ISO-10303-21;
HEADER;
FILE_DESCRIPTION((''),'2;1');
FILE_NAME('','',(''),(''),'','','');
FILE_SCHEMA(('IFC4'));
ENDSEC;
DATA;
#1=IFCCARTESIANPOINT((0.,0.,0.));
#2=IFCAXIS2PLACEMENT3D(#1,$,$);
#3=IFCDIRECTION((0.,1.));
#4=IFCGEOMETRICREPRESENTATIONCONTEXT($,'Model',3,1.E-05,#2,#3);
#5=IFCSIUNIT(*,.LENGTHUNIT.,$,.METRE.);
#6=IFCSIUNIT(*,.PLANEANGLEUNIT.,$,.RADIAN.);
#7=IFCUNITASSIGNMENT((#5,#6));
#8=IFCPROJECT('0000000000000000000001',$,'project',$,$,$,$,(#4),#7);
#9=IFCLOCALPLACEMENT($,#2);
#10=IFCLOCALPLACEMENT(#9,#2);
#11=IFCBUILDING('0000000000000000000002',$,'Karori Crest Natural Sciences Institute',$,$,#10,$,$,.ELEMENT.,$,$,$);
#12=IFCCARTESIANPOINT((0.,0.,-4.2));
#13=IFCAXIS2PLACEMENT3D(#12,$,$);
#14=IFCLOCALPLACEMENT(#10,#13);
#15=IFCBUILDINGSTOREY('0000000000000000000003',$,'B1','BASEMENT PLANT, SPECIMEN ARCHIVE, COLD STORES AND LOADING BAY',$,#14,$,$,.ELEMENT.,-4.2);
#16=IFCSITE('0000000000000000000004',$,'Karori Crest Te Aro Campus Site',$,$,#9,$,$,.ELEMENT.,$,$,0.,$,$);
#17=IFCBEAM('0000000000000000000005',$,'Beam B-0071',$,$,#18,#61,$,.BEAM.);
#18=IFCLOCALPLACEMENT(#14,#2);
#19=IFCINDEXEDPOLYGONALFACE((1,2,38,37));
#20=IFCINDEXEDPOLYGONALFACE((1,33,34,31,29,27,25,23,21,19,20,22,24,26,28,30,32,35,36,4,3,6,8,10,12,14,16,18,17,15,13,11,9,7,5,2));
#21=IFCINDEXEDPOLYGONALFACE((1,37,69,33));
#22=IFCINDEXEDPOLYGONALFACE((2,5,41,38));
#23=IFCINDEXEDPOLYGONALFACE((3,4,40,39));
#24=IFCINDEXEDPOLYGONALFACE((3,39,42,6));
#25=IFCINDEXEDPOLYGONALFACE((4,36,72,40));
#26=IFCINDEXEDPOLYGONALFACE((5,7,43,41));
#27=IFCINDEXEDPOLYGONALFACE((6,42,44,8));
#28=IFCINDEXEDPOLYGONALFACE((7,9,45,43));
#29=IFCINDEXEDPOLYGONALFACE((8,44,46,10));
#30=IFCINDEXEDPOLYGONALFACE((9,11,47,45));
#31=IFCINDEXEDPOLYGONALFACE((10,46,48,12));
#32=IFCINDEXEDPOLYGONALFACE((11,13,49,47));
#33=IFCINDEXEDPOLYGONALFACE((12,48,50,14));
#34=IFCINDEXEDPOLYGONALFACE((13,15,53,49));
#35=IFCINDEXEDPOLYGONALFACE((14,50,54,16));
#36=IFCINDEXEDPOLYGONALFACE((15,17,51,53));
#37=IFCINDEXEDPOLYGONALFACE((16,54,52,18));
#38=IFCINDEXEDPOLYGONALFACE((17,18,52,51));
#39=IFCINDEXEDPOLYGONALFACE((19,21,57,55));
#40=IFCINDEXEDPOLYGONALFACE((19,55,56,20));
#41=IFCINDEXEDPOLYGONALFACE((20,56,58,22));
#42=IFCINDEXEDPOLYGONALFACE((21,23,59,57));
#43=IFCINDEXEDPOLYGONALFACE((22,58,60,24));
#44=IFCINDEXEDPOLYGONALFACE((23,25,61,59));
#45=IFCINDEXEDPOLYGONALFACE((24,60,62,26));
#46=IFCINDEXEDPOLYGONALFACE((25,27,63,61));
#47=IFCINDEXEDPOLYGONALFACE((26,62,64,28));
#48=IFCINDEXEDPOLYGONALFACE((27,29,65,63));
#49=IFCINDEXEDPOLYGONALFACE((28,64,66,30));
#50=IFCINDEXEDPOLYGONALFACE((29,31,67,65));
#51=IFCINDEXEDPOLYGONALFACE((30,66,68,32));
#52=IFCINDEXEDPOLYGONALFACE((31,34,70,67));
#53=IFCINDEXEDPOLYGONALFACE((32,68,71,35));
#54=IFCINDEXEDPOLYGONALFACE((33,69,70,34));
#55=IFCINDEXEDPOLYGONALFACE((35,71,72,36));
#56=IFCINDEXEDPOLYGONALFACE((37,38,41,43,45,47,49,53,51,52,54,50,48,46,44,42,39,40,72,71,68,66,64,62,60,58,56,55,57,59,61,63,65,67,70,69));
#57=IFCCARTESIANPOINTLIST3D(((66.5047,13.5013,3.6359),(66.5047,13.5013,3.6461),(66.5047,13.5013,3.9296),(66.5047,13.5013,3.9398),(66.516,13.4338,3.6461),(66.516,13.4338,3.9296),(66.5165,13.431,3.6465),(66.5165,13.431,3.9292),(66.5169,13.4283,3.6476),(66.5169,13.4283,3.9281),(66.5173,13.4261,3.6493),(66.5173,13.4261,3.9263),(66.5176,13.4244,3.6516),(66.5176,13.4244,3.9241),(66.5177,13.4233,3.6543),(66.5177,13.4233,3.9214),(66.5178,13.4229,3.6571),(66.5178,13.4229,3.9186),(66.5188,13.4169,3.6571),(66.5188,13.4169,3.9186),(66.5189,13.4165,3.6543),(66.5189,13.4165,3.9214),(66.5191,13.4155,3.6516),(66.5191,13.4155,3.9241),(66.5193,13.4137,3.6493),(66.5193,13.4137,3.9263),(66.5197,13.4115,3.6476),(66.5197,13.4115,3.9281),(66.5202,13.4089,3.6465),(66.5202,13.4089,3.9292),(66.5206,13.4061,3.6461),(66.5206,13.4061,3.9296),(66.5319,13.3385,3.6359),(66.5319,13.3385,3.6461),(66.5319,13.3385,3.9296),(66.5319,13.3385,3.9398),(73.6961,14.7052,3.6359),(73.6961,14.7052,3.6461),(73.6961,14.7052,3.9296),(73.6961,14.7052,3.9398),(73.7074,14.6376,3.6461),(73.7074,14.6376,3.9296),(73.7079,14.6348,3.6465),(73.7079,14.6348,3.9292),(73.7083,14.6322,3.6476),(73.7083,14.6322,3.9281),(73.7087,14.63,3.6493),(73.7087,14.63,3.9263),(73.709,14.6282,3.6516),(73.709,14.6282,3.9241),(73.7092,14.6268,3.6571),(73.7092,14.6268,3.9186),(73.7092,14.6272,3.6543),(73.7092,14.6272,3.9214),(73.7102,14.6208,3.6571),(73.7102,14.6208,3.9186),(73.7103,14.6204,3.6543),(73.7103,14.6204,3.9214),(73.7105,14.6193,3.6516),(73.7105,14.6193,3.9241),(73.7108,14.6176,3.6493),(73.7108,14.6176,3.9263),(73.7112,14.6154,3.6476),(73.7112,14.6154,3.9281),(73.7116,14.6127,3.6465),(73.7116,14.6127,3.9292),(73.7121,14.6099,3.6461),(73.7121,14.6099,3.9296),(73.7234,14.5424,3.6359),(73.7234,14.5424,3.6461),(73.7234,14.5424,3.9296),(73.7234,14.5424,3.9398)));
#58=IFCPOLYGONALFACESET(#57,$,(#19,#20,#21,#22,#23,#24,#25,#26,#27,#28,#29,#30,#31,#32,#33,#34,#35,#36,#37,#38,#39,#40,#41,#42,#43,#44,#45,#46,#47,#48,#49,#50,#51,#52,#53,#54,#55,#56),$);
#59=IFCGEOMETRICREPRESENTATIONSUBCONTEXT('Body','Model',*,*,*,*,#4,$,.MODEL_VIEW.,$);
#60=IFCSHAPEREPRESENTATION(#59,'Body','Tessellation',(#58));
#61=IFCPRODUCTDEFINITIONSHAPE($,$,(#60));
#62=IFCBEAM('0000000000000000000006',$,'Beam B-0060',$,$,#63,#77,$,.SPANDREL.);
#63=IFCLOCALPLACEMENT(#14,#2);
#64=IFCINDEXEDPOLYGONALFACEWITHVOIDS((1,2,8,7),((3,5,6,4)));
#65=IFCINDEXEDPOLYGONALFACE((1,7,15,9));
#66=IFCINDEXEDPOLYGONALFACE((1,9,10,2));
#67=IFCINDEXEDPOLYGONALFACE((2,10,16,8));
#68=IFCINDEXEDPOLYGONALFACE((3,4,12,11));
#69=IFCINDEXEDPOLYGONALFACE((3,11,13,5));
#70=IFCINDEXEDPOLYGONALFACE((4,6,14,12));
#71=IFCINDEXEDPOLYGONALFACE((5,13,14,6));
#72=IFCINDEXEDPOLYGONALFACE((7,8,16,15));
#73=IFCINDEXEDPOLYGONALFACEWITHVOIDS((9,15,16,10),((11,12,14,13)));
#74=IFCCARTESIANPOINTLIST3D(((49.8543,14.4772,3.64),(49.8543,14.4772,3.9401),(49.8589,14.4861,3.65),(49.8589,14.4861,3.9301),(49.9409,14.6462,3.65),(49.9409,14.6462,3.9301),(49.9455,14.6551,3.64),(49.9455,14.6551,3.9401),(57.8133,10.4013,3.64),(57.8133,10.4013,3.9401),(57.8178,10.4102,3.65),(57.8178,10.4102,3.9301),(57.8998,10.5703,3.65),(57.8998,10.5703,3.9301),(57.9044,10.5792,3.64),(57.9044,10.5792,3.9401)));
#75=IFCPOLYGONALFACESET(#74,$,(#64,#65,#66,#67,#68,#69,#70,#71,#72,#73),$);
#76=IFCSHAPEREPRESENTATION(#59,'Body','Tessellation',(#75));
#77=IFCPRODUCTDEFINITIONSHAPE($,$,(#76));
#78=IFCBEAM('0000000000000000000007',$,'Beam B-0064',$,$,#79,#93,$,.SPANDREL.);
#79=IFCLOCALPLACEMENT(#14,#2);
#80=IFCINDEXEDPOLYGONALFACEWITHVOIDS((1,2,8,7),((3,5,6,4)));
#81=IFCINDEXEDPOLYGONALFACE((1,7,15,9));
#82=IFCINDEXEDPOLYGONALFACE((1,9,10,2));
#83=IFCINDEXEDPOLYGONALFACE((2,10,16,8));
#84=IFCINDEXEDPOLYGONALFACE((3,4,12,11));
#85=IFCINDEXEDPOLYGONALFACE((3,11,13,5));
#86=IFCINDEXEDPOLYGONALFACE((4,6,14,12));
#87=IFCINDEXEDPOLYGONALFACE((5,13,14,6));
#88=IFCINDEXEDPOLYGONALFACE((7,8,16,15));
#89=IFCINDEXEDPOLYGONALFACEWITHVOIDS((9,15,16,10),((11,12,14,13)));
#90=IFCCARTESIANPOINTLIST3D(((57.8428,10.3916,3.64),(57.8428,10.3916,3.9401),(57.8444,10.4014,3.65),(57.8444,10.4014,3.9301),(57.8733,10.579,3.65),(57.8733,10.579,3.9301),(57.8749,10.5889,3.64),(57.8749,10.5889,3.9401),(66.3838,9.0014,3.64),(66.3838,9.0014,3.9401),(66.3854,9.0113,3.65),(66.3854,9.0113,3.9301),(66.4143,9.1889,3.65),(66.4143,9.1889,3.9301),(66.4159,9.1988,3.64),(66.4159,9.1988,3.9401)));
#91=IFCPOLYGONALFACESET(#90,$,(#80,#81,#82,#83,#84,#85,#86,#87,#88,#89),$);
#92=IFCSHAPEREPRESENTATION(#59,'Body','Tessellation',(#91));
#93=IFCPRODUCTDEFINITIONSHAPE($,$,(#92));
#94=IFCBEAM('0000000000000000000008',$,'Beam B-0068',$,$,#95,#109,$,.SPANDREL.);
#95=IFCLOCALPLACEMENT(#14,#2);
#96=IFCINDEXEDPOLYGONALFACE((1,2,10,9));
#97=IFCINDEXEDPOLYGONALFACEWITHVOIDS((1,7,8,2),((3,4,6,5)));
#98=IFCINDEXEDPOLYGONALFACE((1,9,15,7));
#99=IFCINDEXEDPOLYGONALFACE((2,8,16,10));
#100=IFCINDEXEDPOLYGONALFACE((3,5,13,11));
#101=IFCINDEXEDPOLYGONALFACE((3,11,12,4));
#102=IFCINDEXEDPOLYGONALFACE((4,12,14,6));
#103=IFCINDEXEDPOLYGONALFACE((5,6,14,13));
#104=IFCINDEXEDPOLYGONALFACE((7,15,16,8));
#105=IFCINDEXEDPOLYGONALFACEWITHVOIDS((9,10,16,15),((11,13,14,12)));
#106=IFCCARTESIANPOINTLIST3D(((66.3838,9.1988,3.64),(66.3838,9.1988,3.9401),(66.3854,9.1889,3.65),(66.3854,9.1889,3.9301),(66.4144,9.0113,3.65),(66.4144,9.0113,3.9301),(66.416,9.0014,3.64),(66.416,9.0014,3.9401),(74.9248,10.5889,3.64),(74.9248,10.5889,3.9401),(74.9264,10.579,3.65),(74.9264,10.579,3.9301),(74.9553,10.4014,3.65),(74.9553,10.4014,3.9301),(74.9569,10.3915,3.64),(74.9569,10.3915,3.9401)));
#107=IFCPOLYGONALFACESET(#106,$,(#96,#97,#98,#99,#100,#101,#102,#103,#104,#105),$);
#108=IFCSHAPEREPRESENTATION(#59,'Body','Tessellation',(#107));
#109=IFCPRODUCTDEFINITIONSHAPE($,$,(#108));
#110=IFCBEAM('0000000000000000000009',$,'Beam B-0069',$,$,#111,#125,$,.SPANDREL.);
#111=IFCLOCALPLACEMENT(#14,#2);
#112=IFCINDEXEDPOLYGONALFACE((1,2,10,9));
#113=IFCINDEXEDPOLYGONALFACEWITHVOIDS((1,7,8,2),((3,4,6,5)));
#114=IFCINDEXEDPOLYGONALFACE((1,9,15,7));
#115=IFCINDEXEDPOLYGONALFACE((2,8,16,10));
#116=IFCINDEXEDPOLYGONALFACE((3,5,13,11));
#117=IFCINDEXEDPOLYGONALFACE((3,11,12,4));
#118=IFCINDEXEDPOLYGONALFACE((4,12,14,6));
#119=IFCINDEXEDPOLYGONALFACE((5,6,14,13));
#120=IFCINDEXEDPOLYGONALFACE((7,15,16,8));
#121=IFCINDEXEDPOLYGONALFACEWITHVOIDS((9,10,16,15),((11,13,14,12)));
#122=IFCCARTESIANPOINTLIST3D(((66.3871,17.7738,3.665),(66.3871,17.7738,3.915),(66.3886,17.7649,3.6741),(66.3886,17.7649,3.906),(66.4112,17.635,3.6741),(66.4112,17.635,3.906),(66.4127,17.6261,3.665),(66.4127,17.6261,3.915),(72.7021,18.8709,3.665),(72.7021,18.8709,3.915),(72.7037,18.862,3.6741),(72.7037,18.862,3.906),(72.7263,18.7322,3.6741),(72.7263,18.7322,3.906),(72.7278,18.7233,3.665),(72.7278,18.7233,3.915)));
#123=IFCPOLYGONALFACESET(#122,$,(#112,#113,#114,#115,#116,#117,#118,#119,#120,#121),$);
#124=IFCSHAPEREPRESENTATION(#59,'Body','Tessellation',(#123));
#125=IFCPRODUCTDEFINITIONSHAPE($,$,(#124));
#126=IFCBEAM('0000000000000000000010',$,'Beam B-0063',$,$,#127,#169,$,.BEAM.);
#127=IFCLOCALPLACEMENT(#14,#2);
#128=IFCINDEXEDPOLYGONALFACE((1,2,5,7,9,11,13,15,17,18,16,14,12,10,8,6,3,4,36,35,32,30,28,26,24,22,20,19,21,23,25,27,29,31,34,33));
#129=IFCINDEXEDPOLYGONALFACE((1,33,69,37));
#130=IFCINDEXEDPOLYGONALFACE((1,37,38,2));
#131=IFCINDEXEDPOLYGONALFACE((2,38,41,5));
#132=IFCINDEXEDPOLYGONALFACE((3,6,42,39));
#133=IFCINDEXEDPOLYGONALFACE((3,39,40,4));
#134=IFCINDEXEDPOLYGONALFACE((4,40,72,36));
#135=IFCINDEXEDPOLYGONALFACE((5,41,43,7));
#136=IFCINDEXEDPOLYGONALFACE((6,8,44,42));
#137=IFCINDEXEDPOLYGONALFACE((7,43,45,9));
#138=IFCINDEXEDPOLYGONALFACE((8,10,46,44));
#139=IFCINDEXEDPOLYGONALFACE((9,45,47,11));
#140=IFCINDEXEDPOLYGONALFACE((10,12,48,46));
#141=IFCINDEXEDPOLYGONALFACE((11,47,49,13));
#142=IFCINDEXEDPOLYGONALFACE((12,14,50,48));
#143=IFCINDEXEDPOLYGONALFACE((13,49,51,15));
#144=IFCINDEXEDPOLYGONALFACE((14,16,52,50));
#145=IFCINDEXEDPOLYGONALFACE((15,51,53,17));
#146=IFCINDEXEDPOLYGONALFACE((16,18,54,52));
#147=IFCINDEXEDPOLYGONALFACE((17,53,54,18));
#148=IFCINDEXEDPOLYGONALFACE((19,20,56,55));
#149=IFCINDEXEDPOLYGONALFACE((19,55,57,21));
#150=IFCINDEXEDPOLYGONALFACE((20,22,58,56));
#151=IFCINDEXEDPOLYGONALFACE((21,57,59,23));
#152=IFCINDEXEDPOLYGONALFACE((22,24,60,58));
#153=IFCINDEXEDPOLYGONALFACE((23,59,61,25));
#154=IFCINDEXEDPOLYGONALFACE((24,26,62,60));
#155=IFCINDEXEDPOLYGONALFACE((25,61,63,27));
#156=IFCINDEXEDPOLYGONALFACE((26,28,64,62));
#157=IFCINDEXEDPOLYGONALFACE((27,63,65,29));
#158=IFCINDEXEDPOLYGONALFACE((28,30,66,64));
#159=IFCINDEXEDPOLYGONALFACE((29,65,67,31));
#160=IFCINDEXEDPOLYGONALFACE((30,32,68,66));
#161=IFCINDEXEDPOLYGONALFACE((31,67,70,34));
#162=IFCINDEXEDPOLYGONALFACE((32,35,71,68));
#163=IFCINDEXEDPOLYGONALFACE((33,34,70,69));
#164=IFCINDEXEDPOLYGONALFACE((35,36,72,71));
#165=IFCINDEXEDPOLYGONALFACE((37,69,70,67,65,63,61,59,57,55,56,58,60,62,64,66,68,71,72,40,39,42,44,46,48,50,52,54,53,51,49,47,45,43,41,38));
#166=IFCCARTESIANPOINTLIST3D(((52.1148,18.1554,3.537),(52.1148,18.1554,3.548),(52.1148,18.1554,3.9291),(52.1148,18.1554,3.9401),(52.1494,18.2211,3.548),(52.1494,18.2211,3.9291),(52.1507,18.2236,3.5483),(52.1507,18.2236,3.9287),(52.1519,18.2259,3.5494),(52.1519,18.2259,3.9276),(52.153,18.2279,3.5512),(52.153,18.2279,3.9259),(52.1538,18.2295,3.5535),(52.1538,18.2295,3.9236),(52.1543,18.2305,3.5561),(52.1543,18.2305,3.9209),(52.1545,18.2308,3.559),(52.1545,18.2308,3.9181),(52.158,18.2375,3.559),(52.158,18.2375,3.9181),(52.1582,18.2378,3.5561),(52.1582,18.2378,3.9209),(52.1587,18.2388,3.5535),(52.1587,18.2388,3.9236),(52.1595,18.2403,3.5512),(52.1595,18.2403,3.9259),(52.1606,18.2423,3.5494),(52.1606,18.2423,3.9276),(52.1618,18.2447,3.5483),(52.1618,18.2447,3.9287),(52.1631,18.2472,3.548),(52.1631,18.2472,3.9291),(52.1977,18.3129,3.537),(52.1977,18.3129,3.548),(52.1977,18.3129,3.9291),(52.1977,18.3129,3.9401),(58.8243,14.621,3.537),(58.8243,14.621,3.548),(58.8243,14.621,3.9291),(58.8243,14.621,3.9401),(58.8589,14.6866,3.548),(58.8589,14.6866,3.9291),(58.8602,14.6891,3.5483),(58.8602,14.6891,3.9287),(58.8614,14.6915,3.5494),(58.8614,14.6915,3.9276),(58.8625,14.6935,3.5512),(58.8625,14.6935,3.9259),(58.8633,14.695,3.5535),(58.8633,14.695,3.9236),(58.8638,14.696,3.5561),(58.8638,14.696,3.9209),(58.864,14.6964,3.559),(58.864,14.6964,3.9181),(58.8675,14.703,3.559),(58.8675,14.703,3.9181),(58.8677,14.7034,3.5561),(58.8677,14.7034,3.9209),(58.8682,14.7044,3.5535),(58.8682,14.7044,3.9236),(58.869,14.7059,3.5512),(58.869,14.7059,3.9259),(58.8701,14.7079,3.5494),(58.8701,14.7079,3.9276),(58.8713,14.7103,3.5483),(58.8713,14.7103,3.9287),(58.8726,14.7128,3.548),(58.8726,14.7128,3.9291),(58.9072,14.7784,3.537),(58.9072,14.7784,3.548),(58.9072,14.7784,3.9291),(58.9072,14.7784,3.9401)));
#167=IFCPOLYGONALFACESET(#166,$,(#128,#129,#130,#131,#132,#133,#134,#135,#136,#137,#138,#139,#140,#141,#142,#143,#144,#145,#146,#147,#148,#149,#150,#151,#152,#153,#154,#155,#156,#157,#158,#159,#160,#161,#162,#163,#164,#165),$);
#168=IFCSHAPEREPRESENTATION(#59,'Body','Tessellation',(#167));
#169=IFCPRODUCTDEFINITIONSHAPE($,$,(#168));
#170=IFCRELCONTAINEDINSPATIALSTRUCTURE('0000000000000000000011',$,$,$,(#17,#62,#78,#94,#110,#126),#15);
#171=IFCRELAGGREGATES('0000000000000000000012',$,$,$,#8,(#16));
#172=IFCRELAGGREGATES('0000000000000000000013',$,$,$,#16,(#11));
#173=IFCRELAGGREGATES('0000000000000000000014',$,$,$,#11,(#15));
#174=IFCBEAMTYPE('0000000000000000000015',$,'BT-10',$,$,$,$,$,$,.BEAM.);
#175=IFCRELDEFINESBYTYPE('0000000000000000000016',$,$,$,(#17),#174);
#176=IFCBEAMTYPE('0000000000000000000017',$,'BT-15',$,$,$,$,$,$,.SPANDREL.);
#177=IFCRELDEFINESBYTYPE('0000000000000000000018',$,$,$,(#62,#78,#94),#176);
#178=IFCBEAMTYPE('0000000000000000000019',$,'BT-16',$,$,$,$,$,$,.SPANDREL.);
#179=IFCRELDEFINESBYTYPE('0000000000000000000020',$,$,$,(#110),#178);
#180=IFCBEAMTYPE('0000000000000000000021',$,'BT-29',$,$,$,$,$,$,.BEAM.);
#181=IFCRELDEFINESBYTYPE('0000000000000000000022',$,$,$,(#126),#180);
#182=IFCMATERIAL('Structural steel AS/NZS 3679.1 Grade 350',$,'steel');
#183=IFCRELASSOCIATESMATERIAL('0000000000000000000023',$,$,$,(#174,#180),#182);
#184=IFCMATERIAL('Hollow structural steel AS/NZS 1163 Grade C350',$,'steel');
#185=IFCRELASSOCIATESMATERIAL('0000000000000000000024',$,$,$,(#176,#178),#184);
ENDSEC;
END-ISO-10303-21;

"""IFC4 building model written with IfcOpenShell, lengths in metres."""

from ifc_helpers import new_model, si_unit, direction, frame, origin, origin_2d, place, context, subcontext, project, spatial, hollow_rectangle, i_section, extrude, material, material_profile, profile_set, type_object, element, save


model = new_model("IFC4")

# Units and contexts
model_context = context("Model", 3, precision=1e-05, world=origin(), true_north=direction((0.0, 1.0)))
body_context = subcontext(model_context, "Body", "Model", "MODEL_VIEW")
ifc_project = project(units=[si_unit("LENGTHUNIT", "METRE"), si_unit("PLANEANGLEUNIT", "RADIAN")], contexts=[model_context])

# Site, building, storey
site_placement = place(None, origin())
site = spatial("IfcSite", under=ifc_project, at=site_placement, Name="Karori Crest Te Aro Campus Site", CompositionType="ELEMENT", RefElevation=0.0)
building_placement = place(site_placement, origin())
building = spatial("IfcBuilding", under=site, at=building_placement, Name="Karori Crest Natural Sciences Institute", CompositionType="ELEMENT")
storey_placement = place(building_placement, frame((0.0, 0.0, -4.2)))
storey = spatial("IfcBuildingStorey", under=building, at=storey_placement, Name="B1", Description="BASEMENT PLANT, SPECIMEN ARCHIVE, COLD STORES AND LOADING BAY", CompositionType="ELEMENT", Elevation=-4.2)

# Shared definitions
ifc_material_1 = material(Name="Structural steel AS/NZS 3679.1 Grade 350", Category="steel")
ifc_material_2 = material(Name="Hollow structural steel AS/NZS 1163 Grade C350", Category="steel")

# Beams
ifc_material_profile_1 = material_profile(ifc_material_1, i_section(OverallWidth=0.165, OverallDepth=0.304, WebThickness=0.0061, FlangeThickness=0.0103, FilletRadius=0.011, at=origin_2d()), Name="310UB40.4")
ifc_profile_set_1 = profile_set([ifc_material_profile_1], Name="Structural steel AS/NZS 3679.1 Grade 350")
beam_type_1 = type_object("IfcBeamType", Name="BT-10", PredefinedType="BEAM", material=ifc_profile_set_1)
beam_1_placement = place(storey_placement, frame((66.5183, 13.4199, 3.7878), z_axis=(0.986276, 0.165105, 0.0), x_axis=(-0.165105, 0.986276, 0.0)))
element("IfcBeam", 1, at=beam_1_placement, inside=storey, type_object=beam_type_1, Name="Beam B-0071", PredefinedType="BEAM", context=body_context, shape_type="SweptSolid", body=[
    extrude(i_section(OverallWidth=0.165, OverallDepth=0.304, WebThickness=0.0061, FlangeThickness=0.0103, FilletRadius=0.011, at=origin_2d()), origin(), (0.0, 0.0, 1.0), 7.2915),
])
ifc_material_profile_2 = material_profile(ifc_material_2, hollow_rectangle(XDim=0.2, YDim=0.3, WallThickness=0.01, at=origin_2d()), Name="RHS300x200x10")
ifc_profile_set_2 = profile_set([ifc_material_profile_2], Name="Hollow structural steel AS/NZS 1163 Grade C350")
beam_type_2 = type_object("IfcBeamType", Name="BT-15", PredefinedType="SPANDREL", material=ifc_profile_set_2)
beam_2_placement = place(storey_placement, frame((49.8999, 14.5662, 3.79), z_axis=(0.890072, -0.45582, 0.0), x_axis=(0.45582, 0.890072, 0.0)))
element("IfcBeam", 2, at=beam_2_placement, inside=storey, type_object=beam_type_2, Name="Beam B-0060", PredefinedType="SPANDREL", context=body_context, shape_type="SweptSolid", body=[
    extrude(hollow_rectangle(XDim=0.2, YDim=0.3, WallThickness=0.01, at=origin_2d()), origin(), (0.0, 0.0, 1.0), 8.9419),
])
for number, where, z_axis, x_axis, name in (
    (3, (57.8589, 10.4902, 3.79), (0.987012, -0.160646, 0.0), (0.160646, 0.987012, 0.0), "Beam B-0064"),
    (4, (66.3999, 9.1001, 3.79), (0.987012, 0.160646, 0.0), (-0.160646, 0.987012, 0.0), "Beam B-0068"),
):
    element("IfcBeam", number, at=place(storey_placement, frame(where, z_axis=z_axis, x_axis=x_axis)), inside=storey, type_object=beam_type_2, Name=name, PredefinedType="SPANDREL", context=body_context, shape_type="SweptSolid", body=[
        extrude(hollow_rectangle(XDim=0.2, YDim=0.3, WallThickness=0.01, at=origin_2d()), origin(), (0.0, 0.0, 1.0), 8.6533),
    ])
ifc_material_profile_3 = material_profile(ifc_material_2, hollow_rectangle(XDim=0.1499, YDim=0.25, WallThickness=0.009, at=origin_2d()), Name="RHS250x150x9")
ifc_profile_set_3 = profile_set([ifc_material_profile_3], Name="Hollow structural steel AS/NZS 1163 Grade C350")
beam_type_3 = type_object("IfcBeamType", Name="BT-16", PredefinedType="SPANDREL", material=ifc_profile_set_3)
beam_3_placement = place(storey_placement, frame((66.3999, 17.7, 3.79), z_axis=(0.985241, 0.171171, 0.0), x_axis=(-0.171171, 0.985241, 0.0)))
element("IfcBeam", 5, at=beam_3_placement, inside=storey, type_object=beam_type_3, Name="Beam B-0069", PredefinedType="SPANDREL", context=body_context, shape_type="SweptSolid", body=[
    extrude(hollow_rectangle(XDim=0.1499, YDim=0.25, WallThickness=0.009, at=origin_2d()), origin(), (0.0, 0.0, 1.0), 6.4097),
])
ifc_material_profile_4 = material_profile(ifc_material_1, i_section(OverallWidth=0.178, OverallDepth=0.4031, WebThickness=0.0076, FlangeThickness=0.011, FilletRadius=0.011, at=origin_2d()), Name="410UB53.7")
ifc_profile_set_4 = profile_set([ifc_material_profile_4], Name="Structural steel AS/NZS 3679.1 Grade 350")
beam_type_4 = type_object("IfcBeamType", Name="BT-29", PredefinedType="BEAM", material=ifc_profile_set_4)
beam_4_placement = place(storey_placement, frame((52.1562, 18.2341, 3.7385), z_axis=(0.884748, -0.466069, 0.0), x_axis=(0.466069, 0.884748, 0.0)))
element("IfcBeam", 6, at=beam_4_placement, inside=storey, type_object=beam_type_4, Name="Beam B-0063", PredefinedType="BEAM", context=body_context, shape_type="SweptSolid", body=[
    extrude(i_section(OverallWidth=0.178, OverallDepth=0.4031, WebThickness=0.0076, FlangeThickness=0.011, FilletRadius=0.011, at=origin_2d()), origin(), (0.0, 0.0, 1.0), 7.5835),
])

save(model, "model.ifc")
